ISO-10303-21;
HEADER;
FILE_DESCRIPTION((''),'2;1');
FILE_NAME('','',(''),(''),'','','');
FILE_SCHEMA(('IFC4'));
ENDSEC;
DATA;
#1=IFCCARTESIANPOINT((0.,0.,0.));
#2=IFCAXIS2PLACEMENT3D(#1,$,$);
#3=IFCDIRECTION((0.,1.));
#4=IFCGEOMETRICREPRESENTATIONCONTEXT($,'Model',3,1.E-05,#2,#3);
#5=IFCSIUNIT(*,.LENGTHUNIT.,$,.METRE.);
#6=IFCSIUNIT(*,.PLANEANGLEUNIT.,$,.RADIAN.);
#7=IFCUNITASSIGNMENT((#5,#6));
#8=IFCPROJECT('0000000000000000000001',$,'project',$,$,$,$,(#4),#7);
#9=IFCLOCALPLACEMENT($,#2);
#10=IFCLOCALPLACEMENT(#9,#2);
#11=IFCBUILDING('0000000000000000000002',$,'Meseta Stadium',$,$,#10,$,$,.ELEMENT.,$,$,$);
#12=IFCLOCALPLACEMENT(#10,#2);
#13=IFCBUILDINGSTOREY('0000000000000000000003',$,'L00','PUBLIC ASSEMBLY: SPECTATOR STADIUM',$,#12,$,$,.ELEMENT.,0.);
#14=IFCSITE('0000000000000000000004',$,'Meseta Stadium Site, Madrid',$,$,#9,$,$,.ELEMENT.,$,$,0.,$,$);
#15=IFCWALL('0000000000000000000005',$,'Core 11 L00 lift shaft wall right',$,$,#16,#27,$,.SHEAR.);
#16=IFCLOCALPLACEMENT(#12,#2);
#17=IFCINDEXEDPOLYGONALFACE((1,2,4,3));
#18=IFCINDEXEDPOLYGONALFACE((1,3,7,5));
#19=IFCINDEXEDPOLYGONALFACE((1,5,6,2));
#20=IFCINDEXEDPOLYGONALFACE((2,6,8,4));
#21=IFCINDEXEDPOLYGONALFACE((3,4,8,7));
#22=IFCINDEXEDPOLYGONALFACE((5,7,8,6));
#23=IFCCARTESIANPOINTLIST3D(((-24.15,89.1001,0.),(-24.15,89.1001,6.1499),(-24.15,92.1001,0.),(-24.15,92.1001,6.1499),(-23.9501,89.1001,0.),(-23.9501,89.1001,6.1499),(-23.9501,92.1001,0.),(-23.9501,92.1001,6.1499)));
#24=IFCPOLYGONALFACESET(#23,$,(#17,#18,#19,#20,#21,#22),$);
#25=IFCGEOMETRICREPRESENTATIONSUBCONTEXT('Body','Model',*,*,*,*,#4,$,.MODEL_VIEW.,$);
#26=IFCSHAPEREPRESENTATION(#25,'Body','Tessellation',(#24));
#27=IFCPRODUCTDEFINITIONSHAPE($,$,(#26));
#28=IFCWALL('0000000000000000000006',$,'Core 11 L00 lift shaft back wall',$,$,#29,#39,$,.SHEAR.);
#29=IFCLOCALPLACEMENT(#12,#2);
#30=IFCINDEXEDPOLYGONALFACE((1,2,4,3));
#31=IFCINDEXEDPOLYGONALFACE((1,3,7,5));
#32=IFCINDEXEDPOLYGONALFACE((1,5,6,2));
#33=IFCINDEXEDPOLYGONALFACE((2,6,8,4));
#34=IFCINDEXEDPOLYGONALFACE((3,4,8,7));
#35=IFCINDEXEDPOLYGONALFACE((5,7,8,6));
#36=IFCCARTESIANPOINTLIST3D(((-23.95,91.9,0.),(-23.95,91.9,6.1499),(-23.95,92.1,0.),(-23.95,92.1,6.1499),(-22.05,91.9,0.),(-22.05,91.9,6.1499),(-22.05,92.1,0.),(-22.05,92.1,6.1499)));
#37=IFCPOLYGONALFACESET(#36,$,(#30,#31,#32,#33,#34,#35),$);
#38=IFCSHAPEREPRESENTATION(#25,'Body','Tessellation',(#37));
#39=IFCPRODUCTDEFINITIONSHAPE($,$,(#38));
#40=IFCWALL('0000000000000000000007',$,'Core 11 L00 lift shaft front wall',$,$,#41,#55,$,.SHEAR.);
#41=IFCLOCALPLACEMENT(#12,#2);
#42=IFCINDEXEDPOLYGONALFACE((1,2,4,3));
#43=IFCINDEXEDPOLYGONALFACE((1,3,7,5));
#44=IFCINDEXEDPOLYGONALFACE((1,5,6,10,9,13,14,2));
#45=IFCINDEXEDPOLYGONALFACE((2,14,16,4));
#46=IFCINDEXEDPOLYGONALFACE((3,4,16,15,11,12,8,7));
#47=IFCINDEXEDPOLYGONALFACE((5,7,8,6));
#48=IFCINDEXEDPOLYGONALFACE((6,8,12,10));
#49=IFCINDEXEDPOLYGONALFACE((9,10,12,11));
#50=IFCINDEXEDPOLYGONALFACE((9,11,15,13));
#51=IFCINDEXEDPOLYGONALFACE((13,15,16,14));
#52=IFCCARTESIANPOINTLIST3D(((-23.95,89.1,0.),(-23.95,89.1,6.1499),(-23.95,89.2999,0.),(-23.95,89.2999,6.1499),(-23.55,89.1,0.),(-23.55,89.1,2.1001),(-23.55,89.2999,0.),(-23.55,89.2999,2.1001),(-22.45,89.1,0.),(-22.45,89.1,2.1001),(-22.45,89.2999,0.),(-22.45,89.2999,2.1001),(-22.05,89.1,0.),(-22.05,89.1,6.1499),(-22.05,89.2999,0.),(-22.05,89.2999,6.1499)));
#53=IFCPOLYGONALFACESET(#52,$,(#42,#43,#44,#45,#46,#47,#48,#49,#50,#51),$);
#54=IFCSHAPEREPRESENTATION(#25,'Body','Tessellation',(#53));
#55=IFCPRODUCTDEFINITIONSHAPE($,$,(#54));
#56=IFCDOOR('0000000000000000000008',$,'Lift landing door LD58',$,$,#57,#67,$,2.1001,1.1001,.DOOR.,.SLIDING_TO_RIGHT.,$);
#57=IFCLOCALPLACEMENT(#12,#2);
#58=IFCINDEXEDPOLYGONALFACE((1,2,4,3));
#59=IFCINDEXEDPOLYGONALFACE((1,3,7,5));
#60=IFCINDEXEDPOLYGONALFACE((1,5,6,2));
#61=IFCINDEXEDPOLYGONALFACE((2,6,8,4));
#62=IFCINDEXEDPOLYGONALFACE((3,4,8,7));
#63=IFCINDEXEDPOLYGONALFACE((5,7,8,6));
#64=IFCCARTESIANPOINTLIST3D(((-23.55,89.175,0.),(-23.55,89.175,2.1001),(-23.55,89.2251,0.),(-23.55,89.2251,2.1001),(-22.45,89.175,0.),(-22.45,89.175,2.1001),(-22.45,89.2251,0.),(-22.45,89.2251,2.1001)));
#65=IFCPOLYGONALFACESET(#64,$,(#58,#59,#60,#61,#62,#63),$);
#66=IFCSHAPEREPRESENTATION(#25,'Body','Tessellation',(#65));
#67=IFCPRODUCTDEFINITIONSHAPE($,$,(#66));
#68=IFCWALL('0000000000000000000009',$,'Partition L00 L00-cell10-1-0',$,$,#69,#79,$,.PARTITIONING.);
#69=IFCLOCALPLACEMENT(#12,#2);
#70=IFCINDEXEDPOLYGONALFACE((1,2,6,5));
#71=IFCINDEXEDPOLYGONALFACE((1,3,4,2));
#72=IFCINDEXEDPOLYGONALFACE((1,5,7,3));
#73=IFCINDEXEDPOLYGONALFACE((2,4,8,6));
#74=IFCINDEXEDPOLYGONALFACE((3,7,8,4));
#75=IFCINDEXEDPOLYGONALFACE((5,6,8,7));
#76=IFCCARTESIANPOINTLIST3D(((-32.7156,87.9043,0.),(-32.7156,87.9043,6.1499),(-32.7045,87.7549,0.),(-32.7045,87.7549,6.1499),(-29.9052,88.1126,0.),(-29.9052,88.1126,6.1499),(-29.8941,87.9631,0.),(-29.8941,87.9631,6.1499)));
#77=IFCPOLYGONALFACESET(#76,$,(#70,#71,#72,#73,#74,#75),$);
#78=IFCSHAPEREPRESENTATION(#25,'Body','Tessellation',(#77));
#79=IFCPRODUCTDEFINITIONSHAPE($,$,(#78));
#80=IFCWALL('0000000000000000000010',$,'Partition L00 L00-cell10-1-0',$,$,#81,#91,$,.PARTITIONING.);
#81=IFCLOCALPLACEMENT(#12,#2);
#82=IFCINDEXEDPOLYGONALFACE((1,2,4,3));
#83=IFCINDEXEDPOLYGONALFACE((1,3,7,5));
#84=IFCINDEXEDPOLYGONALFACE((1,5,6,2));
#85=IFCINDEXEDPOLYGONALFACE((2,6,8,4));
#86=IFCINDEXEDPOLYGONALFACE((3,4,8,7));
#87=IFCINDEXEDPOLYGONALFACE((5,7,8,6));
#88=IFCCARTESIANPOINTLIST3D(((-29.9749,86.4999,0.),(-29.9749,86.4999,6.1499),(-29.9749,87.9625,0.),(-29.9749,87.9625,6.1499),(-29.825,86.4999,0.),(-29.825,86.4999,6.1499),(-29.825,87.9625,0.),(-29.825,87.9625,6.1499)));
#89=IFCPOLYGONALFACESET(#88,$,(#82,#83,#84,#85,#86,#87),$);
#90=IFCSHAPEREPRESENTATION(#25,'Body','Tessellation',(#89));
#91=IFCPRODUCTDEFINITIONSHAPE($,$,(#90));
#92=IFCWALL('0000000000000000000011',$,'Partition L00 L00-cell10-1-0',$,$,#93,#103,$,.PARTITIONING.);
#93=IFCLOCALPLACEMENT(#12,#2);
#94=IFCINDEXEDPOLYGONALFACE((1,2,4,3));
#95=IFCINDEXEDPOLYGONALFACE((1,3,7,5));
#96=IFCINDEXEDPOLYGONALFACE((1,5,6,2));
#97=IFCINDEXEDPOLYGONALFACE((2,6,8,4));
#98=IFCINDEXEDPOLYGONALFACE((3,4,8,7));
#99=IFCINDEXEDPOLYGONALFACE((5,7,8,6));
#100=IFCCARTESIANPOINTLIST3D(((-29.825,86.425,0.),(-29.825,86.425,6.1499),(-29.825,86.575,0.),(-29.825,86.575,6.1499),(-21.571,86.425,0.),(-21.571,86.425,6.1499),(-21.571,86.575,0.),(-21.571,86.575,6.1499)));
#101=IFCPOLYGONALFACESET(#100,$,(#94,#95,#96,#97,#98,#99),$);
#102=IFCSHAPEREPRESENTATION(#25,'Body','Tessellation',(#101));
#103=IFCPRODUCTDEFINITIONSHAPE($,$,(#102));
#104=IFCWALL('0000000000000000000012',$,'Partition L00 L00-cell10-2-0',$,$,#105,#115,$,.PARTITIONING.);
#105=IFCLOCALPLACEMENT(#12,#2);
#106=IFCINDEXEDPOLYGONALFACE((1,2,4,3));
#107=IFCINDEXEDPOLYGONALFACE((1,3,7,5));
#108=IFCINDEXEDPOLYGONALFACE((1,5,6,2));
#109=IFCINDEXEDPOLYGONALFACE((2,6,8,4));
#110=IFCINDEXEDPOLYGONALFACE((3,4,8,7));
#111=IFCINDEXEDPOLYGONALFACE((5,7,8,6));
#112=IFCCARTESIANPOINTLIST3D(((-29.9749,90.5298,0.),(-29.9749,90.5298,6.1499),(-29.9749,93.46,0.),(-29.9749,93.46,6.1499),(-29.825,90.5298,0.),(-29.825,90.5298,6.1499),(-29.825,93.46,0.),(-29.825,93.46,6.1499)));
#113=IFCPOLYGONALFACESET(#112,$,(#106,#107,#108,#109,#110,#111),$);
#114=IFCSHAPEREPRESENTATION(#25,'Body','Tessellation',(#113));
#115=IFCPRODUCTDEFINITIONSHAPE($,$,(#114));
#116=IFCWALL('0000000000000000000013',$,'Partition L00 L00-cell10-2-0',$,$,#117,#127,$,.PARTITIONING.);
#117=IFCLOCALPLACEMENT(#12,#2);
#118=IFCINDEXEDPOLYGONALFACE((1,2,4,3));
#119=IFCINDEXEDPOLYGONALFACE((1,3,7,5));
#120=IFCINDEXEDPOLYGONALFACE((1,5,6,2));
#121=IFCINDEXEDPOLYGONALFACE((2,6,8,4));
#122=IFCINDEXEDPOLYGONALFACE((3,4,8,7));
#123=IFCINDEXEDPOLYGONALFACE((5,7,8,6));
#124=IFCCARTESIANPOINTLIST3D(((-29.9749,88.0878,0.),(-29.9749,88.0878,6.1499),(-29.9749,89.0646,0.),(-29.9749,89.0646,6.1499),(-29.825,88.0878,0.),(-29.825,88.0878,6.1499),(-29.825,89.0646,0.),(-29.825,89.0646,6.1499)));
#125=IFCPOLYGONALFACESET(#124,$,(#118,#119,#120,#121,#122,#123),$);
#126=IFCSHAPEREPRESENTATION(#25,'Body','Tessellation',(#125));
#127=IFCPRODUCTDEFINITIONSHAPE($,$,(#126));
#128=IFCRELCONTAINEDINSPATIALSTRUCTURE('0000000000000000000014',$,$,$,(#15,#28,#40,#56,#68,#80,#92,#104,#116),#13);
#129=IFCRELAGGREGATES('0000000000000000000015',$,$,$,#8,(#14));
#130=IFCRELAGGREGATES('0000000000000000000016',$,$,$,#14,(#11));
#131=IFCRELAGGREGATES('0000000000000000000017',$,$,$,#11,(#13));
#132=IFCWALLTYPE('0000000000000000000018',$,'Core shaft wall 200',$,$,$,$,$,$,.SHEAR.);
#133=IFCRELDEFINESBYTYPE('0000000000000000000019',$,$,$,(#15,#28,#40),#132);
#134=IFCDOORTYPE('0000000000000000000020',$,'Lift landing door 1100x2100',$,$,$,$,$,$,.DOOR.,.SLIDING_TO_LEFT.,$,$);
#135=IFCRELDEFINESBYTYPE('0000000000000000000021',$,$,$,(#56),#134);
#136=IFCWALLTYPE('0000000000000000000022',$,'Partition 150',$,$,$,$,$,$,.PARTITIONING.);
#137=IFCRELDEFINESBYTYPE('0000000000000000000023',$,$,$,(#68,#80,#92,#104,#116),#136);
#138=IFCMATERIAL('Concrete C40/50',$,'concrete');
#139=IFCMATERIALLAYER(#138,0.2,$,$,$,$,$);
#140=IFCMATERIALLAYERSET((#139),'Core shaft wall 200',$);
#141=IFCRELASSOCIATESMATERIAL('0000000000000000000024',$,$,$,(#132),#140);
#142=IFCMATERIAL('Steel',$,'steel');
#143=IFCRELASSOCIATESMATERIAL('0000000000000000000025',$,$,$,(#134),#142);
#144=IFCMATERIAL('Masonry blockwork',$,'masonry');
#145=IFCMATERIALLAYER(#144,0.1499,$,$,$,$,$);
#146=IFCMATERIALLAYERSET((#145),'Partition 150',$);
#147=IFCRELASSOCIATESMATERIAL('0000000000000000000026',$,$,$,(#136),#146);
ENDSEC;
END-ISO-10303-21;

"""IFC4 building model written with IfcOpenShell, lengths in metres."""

from ifc_helpers import new_model, si_unit, direction, frame, frame_2d, origin, place, context, subcontext, project, spatial, rectangle, extrude, material, layer, layer_set, type_object, element, fill, save


model = new_model("IFC4")

# Units and contexts
model_context = context("Model", 3, precision=1e-05, world=origin(), true_north=direction((0.0, 1.0)))
body_context = subcontext(model_context, "Body", "Model", "MODEL_VIEW")
ifc_project = project(units=[si_unit("LENGTHUNIT", "METRE"), si_unit("PLANEANGLEUNIT", "RADIAN")], contexts=[model_context])

# Site, building, storey
site_placement = place(None, origin())
site = spatial("IfcSite", under=ifc_project, at=site_placement, Name="Meseta Stadium Site, Madrid", CompositionType="ELEMENT", RefElevation=0.0)
building_placement = place(site_placement, origin())
building = spatial("IfcBuilding", under=site, at=building_placement, Name="Meseta Stadium", CompositionType="ELEMENT")
storey_placement = place(building_placement, origin())
storey = spatial("IfcBuildingStorey", under=building, at=storey_placement, Name="L00", Description="PUBLIC ASSEMBLY: SPECTATOR STADIUM", CompositionType="ELEMENT", Elevation=0.0)

# Shared definitions
ifc_material_1 = material(Name="Concrete C40/50", Category="concrete")
ifc_layer_1 = layer(ifc_material_1, 0.2)
ifc_layer_set_1 = layer_set([ifc_layer_1], Name="Core shaft wall 200")
wall_type_1 = type_object("IfcWallType", Name="Core shaft wall 200", PredefinedType="SHEAR", material=ifc_layer_set_1)

# Walls
for number, where, z_axis, x_axis, name in (
    (1, (-24.05, 92.1001, 0.0), (0.0, 0.0, 1.0), (0.0, -1.0, 0.0), "Core 11 L00 lift shaft wall right"),
):
    element("IfcWall", number, at=place(storey_placement, frame(where, z_axis=z_axis, x_axis=x_axis)), inside=storey, type_object=wall_type_1, Name=name, PredefinedType="SHEAR", context=body_context, shape_type="SweptSolid", body=[
        extrude(rectangle(XDim=3.0, YDim=0.2, at=frame_2d((1.5, 0.0))), origin(), (0.0, 0.0, 1.0), 6.1499),
    ])
wall_1_placement = place(storey_placement, frame((-22.05, 92.0, 0.0), z_axis=(0.0, 0.0, 1.0), x_axis=(-1.0, 0.0, 0.0)))
element("IfcWall", 2, at=wall_1_placement, inside=storey, type_object=wall_type_1, Name="Core 11 L00 lift shaft back wall", PredefinedType="SHEAR", context=body_context, shape_type="SweptSolid", body=[
    extrude(rectangle(XDim=1.8999, YDim=0.2, at=frame_2d((0.95, 0.0))), origin(), (0.0, 0.0, 1.0), 6.1499),
])

# Wall, opening, door
wall_2_placement = place(storey_placement, frame((-22.05, 89.2, 0.0), z_axis=(0.0, 0.0, 1.0), x_axis=(-1.0, 0.0, 0.0)))
wall_2 = element("IfcWall", 3, at=wall_2_placement, inside=storey, type_object=wall_type_1, Name="Core 11 L00 lift shaft front wall", PredefinedType="SHEAR", context=body_context, shape_type="SweptSolid", body=[
    extrude(rectangle(XDim=1.8999, YDim=0.2, at=frame_2d((0.95, 0.0))), origin(), (0.0, 0.0, 1.0), 6.1499),
])
opening_1_placement = place(wall_2_placement, frame((0.3999, 0.0, 0.0)))
opening_1 = element("IfcOpeningElement", 4, at=opening_1_placement, cuts=wall_2, PredefinedType="OPENING", context=body_context, shape_type="SweptSolid", body=[
    extrude(rectangle(XDim=1.1001, YDim=2.1001, at=frame_2d((0.55, 1.05))), frame((0.0, 0.1099, 0.0), z_axis=(0.0, -1.0, 0.0), x_axis=(1.0, 0.0, 0.0)), (0.0, 0.0, 1.0), 0.22),
])
ifc_material_2 = material(Name="Steel", Category="steel")
door_type_1 = type_object("IfcDoorType", Name="Lift landing door 1100x2100", OperationType="SLIDING_TO_LEFT", PredefinedType="DOOR", material=ifc_material_2)
door_1_placement = place(opening_1_placement, origin())
door_1 = element("IfcDoor", 5, at=door_1_placement, inside=storey, type_object=door_type_1, Name="Lift landing door LD58", OperationType="SLIDING_TO_RIGHT", OverallHeight=2.1001, OverallWidth=1.1001, PredefinedType="DOOR", context=body_context, shape_type="SweptSolid", body=[
    extrude(rectangle(XDim=1.1001, YDim=2.1001, at=frame_2d((0.55, 1.05))), frame((0.0, 0.0249, 0.0), z_axis=(0.0, -1.0, 0.0), x_axis=(1.0, 0.0, 0.0)), (0.0, 0.0, 1.0), 0.05),
])
fill(opening_1, door_1)

# Walls
ifc_material_3 = material(Name="Masonry blockwork", Category="masonry")
ifc_layer_2 = layer(ifc_material_3, 0.1499)
ifc_layer_set_2 = layer_set([ifc_layer_2], Name="Partition 150")
wall_type_2 = type_object("IfcWallType", Name="Partition 150", PredefinedType="PARTITIONING", material=ifc_layer_set_2)
wall_3_placement = place(storey_placement, frame((-32.7102, 87.8296, 0.0), z_axis=(0.0, 0.0, 1.0), x_axis=(0.997266, 0.0739, 0.0)))
element("IfcWall", 6, at=wall_3_placement, inside=storey, type_object=wall_type_2, Name="Partition L00 L00-cell10-1-0", PredefinedType="PARTITIONING", context=body_context, shape_type="SweptSolid", body=[
    extrude(rectangle(XDim=2.8181, YDim=0.1499, at=frame_2d((1.4092, 0.0))), origin(), (0.0, 0.0, 1.0), 6.1499),
])
wall_4_placement = place(storey_placement, frame((-29.8999, 87.9626, 0.0), z_axis=(0.0, 0.0, 1.0), x_axis=(0.0, -1.0, 0.0)))
element("IfcWall", 7, at=wall_4_placement, inside=storey, type_object=wall_type_2, Name="Partition L00 L00-cell10-1-0", PredefinedType="PARTITIONING", context=body_context, shape_type="SweptSolid", body=[
    extrude(rectangle(XDim=1.4626, YDim=0.1499, at=frame_2d((0.7314, 0.0))), origin(), (0.0, 0.0, 1.0), 6.1499),
])
wall_5_placement = place(storey_placement, frame((-29.825, 86.5, 0.0), z_axis=(0.0, 0.0, 1.0), x_axis=(1.0, 0.0, 0.0)))
element("IfcWall", 8, at=wall_5_placement, inside=storey, type_object=wall_type_2, Name="Partition L00 L00-cell10-1-0", PredefinedType="PARTITIONING", context=body_context, shape_type="SweptSolid", body=[
    extrude(rectangle(XDim=8.2539, YDim=0.1499, at=frame_2d((4.127, 0.0))), origin(), (0.0, 0.0, 1.0), 6.1499),
])
wall_6_placement = place(storey_placement, frame((-29.8999, 93.46, 0.0), z_axis=(0.0, 0.0, 1.0), x_axis=(0.0, -1.0, 0.0)))
element("IfcWall", 9, at=wall_6_placement, inside=storey, type_object=wall_type_2, Name="Partition L00 L00-cell10-2-0", PredefinedType="PARTITIONING", context=body_context, shape_type="SweptSolid", body=[
    extrude(rectangle(XDim=2.9302, YDim=0.1499, at=frame_2d((1.4651, 0.0))), origin(), (0.0, 0.0, 1.0), 6.1499),
])
wall_7_placement = place(storey_placement, frame((-29.8999, 89.0645, 0.0), z_axis=(0.0, 0.0, 1.0), x_axis=(0.0, -1.0, 0.0)))
element("IfcWall", 10, at=wall_7_placement, inside=storey, type_object=wall_type_2, Name="Partition L00 L00-cell10-2-0", PredefinedType="PARTITIONING", context=body_context, shape_type="SweptSolid", body=[
    extrude(rectangle(XDim=0.9768, YDim=0.1499, at=frame_2d((0.4883, 0.0))), origin(), (0.0, 0.0, 1.0), 6.1499),
])

save(model, "model.ifc")
